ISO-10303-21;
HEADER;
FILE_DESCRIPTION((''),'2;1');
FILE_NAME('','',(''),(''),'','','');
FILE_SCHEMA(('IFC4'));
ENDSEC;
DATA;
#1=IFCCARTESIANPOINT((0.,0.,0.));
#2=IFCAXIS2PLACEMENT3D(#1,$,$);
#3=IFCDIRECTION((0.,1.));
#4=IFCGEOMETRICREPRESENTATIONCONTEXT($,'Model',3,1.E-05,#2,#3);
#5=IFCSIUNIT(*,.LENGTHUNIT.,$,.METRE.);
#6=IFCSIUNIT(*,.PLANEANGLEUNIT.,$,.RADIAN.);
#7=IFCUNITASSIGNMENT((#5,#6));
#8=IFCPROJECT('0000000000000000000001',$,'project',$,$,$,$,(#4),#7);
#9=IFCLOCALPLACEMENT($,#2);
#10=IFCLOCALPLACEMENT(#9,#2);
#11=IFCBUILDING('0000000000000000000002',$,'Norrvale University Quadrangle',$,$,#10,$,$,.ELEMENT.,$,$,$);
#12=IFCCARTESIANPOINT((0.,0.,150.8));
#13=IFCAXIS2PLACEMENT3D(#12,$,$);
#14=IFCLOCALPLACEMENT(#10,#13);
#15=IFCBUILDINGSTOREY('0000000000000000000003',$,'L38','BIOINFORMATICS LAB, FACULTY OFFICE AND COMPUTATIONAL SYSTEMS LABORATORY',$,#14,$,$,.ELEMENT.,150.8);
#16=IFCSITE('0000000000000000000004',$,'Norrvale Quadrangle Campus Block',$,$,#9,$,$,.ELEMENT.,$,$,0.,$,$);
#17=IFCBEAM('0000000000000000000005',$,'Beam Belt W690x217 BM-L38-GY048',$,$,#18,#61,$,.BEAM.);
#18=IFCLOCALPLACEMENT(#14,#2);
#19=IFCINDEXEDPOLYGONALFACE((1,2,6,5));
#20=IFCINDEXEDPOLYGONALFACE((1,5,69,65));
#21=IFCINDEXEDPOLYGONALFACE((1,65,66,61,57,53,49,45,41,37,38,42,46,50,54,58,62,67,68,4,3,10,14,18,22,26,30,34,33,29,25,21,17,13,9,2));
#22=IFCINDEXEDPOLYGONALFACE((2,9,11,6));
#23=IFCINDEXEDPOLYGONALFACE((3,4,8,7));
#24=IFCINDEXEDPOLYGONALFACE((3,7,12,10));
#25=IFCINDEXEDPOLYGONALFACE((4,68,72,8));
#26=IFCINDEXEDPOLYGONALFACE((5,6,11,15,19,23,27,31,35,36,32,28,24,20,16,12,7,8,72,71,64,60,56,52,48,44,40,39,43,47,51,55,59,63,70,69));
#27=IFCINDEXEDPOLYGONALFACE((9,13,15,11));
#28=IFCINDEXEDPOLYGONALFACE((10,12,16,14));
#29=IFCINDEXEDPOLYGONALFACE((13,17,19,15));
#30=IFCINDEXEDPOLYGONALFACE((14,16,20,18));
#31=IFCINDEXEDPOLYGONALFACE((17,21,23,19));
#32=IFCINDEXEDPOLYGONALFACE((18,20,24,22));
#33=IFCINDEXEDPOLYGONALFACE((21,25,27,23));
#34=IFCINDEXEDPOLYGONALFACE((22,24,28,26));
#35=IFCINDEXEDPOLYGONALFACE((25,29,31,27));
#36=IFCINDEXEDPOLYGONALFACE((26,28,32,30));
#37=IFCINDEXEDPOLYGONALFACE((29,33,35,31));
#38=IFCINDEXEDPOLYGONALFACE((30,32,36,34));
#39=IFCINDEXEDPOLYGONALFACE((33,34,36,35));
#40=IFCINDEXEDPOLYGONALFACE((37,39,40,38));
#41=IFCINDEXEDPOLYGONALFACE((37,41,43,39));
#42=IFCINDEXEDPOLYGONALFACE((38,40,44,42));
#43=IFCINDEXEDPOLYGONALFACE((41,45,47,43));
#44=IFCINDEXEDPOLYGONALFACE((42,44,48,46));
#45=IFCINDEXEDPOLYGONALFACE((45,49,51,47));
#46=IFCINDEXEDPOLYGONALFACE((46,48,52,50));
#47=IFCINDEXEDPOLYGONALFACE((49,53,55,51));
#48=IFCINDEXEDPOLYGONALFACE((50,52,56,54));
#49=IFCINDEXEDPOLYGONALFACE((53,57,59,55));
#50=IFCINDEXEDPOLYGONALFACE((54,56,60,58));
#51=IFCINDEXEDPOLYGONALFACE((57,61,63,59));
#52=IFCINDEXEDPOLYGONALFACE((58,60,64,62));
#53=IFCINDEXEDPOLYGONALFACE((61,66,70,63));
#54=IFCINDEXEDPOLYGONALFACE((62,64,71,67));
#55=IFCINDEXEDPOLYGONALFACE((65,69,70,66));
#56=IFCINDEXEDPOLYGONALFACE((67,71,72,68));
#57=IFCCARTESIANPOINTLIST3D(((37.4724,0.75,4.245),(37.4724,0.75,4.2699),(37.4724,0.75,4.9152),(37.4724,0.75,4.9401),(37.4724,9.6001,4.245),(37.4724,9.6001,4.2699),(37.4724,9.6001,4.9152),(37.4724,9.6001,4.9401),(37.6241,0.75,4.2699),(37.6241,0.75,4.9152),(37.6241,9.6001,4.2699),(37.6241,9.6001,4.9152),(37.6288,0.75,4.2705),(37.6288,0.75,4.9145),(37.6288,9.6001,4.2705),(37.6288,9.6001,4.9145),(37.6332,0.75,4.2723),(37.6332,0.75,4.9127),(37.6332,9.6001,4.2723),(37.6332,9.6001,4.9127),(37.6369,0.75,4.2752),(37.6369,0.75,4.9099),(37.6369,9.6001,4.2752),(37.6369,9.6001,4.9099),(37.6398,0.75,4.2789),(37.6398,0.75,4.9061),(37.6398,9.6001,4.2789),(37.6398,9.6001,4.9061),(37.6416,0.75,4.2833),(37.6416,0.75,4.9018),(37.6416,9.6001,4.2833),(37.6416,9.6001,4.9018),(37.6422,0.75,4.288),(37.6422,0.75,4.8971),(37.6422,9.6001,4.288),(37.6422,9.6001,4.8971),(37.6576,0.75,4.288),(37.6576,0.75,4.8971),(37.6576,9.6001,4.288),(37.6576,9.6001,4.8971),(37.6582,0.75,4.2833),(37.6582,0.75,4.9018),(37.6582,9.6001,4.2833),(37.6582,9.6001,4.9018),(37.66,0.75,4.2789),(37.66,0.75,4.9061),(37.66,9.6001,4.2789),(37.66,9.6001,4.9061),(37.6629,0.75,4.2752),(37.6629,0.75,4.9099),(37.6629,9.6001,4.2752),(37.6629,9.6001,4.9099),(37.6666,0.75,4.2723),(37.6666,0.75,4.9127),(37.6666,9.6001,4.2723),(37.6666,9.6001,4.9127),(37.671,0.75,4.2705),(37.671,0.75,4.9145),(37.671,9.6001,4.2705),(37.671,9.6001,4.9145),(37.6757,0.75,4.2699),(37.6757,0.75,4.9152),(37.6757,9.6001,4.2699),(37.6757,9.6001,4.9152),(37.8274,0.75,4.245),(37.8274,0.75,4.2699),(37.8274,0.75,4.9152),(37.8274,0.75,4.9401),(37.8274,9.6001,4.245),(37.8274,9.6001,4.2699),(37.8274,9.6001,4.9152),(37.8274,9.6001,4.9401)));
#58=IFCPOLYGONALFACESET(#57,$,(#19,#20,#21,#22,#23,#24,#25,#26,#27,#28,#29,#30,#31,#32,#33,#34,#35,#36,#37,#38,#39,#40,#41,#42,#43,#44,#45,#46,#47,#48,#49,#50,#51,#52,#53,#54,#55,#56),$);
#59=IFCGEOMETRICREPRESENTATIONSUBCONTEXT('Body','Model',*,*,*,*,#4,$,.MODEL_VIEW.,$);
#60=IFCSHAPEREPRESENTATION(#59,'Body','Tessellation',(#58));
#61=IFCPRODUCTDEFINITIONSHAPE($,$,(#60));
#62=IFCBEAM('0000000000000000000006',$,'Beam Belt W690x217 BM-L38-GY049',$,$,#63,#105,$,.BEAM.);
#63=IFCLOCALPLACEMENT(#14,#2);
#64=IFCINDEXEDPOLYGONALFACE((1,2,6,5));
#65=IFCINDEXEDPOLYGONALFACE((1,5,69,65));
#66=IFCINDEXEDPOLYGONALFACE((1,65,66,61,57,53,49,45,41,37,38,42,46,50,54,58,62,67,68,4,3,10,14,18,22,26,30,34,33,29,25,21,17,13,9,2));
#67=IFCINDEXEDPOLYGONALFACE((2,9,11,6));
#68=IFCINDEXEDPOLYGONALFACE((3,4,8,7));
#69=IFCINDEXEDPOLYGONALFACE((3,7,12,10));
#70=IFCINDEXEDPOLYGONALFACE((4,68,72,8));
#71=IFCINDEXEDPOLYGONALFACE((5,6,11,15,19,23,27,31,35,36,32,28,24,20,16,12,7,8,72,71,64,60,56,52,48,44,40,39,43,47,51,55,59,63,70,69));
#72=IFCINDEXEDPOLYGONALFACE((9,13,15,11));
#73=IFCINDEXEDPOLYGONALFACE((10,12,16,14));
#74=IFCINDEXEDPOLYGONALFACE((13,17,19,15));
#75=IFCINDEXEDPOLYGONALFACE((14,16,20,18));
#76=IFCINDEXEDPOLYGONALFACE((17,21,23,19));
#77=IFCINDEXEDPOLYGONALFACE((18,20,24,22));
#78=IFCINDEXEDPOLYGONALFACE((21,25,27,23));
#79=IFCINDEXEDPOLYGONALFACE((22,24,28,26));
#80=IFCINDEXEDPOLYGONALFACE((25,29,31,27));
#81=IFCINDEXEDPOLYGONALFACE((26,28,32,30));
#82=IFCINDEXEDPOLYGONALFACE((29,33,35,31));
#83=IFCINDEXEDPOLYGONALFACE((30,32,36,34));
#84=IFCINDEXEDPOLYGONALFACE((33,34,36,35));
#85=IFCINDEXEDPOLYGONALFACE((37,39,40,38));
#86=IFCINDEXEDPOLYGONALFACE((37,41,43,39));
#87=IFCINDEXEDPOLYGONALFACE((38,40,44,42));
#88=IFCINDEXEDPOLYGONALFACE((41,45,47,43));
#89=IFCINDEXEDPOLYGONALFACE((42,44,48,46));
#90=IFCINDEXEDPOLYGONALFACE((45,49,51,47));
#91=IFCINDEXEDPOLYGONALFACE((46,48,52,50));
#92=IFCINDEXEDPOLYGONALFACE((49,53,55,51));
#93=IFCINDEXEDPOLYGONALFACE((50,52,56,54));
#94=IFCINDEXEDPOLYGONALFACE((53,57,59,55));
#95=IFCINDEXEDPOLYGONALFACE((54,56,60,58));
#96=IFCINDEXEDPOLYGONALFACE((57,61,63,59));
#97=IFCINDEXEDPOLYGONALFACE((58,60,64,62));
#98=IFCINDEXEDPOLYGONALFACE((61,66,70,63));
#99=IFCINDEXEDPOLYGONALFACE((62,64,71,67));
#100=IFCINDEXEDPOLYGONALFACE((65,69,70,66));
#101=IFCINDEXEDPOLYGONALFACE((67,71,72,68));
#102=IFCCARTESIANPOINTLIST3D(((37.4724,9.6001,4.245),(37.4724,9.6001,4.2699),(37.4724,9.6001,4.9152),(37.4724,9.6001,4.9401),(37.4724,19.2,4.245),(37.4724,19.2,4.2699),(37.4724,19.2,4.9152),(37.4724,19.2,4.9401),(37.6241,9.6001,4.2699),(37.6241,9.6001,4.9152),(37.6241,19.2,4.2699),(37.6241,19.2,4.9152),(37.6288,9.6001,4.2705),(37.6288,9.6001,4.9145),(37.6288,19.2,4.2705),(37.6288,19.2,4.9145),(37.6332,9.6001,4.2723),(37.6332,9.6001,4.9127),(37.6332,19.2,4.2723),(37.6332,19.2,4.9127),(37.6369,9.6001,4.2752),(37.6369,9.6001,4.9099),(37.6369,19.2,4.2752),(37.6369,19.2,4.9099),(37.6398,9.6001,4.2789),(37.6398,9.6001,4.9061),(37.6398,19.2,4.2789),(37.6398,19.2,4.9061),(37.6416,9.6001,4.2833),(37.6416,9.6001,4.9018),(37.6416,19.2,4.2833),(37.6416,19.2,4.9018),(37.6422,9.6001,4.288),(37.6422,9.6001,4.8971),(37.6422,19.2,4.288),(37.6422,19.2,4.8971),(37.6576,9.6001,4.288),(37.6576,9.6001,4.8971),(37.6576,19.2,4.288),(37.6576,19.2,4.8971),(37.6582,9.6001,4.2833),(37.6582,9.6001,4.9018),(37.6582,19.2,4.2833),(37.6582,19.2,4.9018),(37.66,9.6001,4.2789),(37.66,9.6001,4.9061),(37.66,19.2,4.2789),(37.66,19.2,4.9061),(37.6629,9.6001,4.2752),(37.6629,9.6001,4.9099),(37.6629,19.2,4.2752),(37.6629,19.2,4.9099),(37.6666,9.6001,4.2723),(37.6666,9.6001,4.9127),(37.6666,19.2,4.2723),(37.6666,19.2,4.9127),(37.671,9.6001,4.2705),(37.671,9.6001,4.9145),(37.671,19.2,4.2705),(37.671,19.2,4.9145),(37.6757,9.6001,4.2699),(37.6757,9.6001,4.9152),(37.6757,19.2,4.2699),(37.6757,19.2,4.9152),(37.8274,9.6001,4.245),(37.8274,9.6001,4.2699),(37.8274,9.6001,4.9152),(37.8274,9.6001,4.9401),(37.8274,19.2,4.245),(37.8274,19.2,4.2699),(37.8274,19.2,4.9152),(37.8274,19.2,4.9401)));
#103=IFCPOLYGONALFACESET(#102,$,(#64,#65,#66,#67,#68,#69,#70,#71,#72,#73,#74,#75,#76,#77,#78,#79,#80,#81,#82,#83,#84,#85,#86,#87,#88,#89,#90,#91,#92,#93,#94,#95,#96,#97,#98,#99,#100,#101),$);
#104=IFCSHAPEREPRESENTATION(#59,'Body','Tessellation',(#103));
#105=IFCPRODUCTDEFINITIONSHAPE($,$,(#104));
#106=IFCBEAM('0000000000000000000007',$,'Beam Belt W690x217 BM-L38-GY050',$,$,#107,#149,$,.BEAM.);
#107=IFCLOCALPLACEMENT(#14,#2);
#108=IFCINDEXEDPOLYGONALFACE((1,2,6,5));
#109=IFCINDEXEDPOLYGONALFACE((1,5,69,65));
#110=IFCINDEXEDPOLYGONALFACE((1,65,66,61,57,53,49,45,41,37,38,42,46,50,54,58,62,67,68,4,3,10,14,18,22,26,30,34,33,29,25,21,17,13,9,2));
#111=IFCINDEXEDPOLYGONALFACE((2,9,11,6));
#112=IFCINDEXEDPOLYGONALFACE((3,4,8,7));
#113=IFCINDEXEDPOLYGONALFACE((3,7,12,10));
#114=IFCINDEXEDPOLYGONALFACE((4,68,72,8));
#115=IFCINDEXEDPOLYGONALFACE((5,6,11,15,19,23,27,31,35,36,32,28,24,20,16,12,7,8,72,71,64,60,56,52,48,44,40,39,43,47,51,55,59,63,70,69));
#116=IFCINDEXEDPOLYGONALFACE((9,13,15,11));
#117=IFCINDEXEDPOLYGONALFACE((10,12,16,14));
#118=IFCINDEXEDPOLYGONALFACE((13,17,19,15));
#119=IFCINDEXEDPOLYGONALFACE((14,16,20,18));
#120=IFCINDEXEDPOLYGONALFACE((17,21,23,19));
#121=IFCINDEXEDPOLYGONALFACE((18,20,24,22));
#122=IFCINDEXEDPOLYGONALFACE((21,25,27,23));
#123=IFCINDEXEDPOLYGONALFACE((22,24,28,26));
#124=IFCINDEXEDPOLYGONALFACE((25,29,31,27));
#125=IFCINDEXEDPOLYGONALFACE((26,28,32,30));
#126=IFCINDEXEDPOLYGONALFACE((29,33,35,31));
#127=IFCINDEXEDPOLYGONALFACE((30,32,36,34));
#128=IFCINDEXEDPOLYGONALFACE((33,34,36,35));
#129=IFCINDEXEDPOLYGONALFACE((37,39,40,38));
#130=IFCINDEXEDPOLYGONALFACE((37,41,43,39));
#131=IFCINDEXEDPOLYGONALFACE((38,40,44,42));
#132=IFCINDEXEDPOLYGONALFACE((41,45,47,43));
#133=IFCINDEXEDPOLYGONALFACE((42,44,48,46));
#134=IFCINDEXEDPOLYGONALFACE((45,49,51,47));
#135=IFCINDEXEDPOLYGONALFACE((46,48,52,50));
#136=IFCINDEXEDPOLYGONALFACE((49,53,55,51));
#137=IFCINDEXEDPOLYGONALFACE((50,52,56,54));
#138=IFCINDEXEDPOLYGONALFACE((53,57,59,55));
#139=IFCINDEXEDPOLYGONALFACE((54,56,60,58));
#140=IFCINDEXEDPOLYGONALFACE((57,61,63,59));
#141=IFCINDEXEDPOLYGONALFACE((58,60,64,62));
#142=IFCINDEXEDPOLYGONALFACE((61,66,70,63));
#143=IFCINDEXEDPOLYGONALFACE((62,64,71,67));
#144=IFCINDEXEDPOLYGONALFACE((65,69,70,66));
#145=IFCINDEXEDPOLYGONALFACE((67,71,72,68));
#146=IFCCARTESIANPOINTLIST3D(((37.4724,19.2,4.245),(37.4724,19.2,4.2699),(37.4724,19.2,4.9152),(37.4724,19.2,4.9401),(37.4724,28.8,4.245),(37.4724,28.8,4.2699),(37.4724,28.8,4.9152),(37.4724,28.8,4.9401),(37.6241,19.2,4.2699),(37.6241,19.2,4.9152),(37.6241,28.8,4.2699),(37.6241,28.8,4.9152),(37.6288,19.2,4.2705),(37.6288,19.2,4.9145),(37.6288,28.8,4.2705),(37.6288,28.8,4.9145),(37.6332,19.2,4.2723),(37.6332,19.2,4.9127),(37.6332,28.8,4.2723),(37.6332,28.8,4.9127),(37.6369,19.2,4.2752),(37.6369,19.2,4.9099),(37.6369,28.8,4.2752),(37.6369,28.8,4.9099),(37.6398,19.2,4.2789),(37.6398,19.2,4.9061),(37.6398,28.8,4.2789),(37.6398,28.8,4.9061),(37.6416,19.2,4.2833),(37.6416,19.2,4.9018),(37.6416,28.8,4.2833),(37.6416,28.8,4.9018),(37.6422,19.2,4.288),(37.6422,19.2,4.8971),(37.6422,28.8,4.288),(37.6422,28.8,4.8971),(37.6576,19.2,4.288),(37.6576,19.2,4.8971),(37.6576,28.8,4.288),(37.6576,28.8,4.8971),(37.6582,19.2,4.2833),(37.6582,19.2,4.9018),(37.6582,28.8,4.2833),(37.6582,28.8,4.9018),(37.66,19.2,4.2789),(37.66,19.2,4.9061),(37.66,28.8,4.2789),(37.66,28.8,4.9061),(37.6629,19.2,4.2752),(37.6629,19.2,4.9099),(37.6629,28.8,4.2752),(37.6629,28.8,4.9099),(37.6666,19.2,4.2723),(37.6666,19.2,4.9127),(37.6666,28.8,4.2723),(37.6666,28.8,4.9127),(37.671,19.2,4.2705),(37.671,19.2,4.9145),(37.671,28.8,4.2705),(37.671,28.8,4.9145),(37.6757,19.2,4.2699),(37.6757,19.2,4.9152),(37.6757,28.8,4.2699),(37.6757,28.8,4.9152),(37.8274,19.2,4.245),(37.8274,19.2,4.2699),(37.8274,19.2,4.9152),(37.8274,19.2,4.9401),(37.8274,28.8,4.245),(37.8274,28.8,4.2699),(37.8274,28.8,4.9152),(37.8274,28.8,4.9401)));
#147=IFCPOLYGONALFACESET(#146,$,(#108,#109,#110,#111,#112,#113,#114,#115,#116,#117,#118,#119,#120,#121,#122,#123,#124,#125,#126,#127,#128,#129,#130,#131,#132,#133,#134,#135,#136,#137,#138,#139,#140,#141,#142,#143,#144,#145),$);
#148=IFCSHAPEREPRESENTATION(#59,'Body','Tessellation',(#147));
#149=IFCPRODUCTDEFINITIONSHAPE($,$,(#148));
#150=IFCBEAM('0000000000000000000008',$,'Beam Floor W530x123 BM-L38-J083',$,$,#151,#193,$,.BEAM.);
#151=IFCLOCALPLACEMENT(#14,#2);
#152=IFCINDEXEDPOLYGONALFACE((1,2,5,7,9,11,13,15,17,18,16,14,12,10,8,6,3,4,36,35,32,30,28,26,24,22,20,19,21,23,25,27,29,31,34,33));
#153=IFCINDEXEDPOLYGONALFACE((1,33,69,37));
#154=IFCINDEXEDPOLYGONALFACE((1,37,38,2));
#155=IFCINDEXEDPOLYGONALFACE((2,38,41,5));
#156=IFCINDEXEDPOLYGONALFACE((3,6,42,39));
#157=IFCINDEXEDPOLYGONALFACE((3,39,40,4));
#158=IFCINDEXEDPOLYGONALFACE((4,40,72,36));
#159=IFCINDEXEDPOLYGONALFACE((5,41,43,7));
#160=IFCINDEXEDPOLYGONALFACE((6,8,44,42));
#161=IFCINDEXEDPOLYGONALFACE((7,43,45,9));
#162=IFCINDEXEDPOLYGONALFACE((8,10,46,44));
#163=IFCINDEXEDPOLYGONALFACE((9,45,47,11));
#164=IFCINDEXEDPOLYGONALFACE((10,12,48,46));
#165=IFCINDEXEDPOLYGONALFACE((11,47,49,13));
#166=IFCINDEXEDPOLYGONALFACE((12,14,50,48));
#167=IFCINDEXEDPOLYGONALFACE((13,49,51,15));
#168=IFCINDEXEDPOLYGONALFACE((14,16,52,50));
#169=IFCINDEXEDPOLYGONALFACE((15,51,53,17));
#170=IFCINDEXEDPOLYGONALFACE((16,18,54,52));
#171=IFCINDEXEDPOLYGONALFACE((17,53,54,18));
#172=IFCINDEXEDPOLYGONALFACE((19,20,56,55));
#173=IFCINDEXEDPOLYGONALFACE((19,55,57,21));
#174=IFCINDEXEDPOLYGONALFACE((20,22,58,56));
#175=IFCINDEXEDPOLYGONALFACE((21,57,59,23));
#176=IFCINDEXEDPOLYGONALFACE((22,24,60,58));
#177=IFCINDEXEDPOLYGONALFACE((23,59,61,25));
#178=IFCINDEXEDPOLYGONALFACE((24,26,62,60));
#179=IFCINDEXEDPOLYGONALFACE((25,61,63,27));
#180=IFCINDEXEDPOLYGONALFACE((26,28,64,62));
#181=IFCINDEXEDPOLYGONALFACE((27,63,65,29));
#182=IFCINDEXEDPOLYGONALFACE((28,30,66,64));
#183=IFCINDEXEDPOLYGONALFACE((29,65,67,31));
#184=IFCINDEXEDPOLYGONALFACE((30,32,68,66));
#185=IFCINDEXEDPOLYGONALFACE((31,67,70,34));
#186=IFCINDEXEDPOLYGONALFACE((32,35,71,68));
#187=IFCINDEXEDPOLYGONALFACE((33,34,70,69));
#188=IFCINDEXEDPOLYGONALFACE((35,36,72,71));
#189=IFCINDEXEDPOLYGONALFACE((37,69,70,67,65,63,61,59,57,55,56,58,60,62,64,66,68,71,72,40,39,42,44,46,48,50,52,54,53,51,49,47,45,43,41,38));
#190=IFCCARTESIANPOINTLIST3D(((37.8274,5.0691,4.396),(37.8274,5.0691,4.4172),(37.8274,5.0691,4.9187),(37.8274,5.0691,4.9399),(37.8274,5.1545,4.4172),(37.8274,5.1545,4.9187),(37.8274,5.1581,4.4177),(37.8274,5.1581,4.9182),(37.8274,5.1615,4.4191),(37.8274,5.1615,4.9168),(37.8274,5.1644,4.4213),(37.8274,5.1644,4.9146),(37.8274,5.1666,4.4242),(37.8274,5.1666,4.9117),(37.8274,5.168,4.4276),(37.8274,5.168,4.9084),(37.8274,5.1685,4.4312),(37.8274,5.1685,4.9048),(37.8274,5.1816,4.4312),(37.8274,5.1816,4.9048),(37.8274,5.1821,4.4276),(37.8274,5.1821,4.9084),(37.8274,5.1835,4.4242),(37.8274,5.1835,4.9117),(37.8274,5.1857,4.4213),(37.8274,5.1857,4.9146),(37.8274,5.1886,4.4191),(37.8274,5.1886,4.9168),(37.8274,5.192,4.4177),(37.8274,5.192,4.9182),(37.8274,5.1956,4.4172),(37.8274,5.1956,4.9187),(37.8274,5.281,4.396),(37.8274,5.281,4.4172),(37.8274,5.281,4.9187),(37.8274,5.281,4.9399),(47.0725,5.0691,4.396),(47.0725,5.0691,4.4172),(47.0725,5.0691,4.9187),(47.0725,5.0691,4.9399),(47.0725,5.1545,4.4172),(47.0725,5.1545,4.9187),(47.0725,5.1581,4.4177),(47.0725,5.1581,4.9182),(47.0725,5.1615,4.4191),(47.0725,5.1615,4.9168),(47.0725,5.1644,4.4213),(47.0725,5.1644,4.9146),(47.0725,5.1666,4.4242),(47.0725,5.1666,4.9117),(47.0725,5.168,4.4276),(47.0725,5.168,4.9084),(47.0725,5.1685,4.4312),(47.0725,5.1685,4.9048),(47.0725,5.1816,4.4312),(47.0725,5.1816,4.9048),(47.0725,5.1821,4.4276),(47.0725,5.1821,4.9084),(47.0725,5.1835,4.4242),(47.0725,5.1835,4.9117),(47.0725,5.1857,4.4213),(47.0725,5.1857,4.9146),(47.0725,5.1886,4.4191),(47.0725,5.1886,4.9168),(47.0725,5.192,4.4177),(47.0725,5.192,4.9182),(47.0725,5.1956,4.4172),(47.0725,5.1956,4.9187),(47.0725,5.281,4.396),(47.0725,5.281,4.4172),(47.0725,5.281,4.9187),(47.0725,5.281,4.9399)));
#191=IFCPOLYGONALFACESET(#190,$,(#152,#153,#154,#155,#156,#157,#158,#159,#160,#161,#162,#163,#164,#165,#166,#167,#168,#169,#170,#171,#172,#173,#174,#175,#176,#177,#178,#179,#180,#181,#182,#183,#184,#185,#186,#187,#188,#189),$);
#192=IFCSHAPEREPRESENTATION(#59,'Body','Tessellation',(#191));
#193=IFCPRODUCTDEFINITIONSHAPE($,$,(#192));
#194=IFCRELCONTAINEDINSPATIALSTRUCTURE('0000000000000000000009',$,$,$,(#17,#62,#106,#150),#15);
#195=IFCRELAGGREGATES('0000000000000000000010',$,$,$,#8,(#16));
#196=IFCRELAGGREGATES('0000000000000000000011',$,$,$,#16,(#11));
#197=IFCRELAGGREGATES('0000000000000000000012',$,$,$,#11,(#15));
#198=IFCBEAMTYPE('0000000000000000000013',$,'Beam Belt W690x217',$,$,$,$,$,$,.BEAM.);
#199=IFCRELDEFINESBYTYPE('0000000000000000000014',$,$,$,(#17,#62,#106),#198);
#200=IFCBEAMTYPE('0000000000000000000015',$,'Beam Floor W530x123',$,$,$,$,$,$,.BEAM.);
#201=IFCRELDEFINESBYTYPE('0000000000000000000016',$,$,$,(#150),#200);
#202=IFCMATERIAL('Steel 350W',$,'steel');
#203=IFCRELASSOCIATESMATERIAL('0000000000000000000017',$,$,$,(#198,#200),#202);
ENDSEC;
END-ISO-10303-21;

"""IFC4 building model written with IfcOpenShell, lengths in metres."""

from ifc_helpers import new_model, si_unit, direction, frame, origin, origin_2d, place, context, subcontext, project, spatial, i_section, extrude, material, material_profile, profile_set, type_object, element, save


model = new_model("IFC4")

# Units and contexts
model_context = context("Model", 3, precision=1e-05, world=origin(), true_north=direction((0.0, 1.0)))
body_context = subcontext(model_context, "Body", "Model", "MODEL_VIEW")
ifc_project = project(units=[si_unit("LENGTHUNIT", "METRE"), si_unit("PLANEANGLEUNIT", "RADIAN")], contexts=[model_context])

# Site, building, storey
site_placement = place(None, origin())
site = spatial("IfcSite", under=ifc_project, at=site_placement, Name="Norrvale Quadrangle Campus Block", CompositionType="ELEMENT", RefElevation=0.0)
building_placement = place(site_placement, origin())
building = spatial("IfcBuilding", under=site, at=building_placement, Name="Norrvale University Quadrangle", CompositionType="ELEMENT")
storey_placement = place(building_placement, frame((0.0, 0.0, 150.8)))
storey = spatial("IfcBuildingStorey", under=building, at=storey_placement, Name="L38", Description="BIOINFORMATICS LAB, FACULTY OFFICE AND COMPUTATIONAL SYSTEMS LABORATORY", CompositionType="ELEMENT", Elevation=150.8)

# Beams
ifc_material_1 = material(Name="Steel 350W", Category="steel")
ifc_material_profile_1 = material_profile(ifc_material_1, i_section(OverallWidth=0.355, OverallDepth=0.6951, WebThickness=0.0154, FlangeThickness=0.0249, FilletRadius=0.0181, at=origin_2d()), Name="Steel 350W")
ifc_profile_set_1 = profile_set([ifc_material_profile_1], Name="Steel 350W")
beam_type_1 = type_object("IfcBeamType", Name="Beam Belt W690x217", PredefinedType="BEAM", material=ifc_profile_set_1)
beam_1_placement = place(storey_placement, frame((37.6499, 0.75, 4.5925), z_axis=(0.0, 1.0, 0.0), x_axis=(-1.0, 0.0, 0.0)))
element("IfcBeam", 1, at=beam_1_placement, inside=storey, type_object=beam_type_1, Name="Beam Belt W690x217 BM-L38-GY048", PredefinedType="BEAM", context=body_context, shape_type="SweptSolid", body=[
    extrude(i_section(OverallWidth=0.355, OverallDepth=0.6951, WebThickness=0.0154, FlangeThickness=0.0249, FilletRadius=0.0181, at=origin_2d()), origin(), (0.0, 0.0, 1.0), 8.8501),
])
beam_2_placement = place(storey_placement, frame((37.6499, 9.6001, 4.5925), z_axis=(0.0, 1.0, 0.0), x_axis=(-1.0, 0.0, 0.0)))
element("IfcBeam", 2, at=beam_2_placement, inside=storey, type_object=beam_type_1, Name="Beam Belt W690x217 BM-L38-GY049", PredefinedType="BEAM", context=body_context, shape_type="SweptSolid", body=[
    extrude(i_section(OverallWidth=0.355, OverallDepth=0.6951, WebThickness=0.0154, FlangeThickness=0.0249, FilletRadius=0.0181, at=origin_2d()), origin(), (0.0, 0.0, 1.0), 9.5999),
])
beam_3_placement = place(storey_placement, frame((37.6499, 19.2, 4.5925), z_axis=(0.0, 1.0, 0.0), x_axis=(-1.0, 0.0, 0.0)))
element("IfcBeam", 3, at=beam_3_placement, inside=storey, type_object=beam_type_1, Name="Beam Belt W690x217 BM-L38-GY050", PredefinedType="BEAM", context=body_context, shape_type="SweptSolid", body=[
    extrude(i_section(OverallWidth=0.355, OverallDepth=0.6951, WebThickness=0.0154, FlangeThickness=0.0249, FilletRadius=0.0181, at=origin_2d()), origin(), (0.0, 0.0, 1.0), 9.6001),
])
ifc_material_profile_2 = material_profile(ifc_material_1, i_section(OverallWidth=0.2119, OverallDepth=0.5439, WebThickness=0.0132, FlangeThickness=0.0212, FilletRadius=0.0139, at=origin_2d()), Name="Steel 350W")
ifc_profile_set_2 = profile_set([ifc_material_profile_2], Name="Steel 350W")
beam_type_2 = type_object("IfcBeamType", Name="Beam Floor W530x123", PredefinedType="BEAM", material=ifc_profile_set_2)
for number, where, z_axis, x_axis, name in (
    (4, (37.8274, 5.175, 4.668), (1.0, 0.0, 0.0), (0.0, 1.0, 0.0), "Beam Floor W530x123 BM-L38-J083"),
):
    element("IfcBeam", number, at=place(storey_placement, frame(where, z_axis=z_axis, x_axis=x_axis)), inside=storey, type_object=beam_type_2, Name=name, PredefinedType="BEAM", context=body_context, shape_type="SweptSolid", body=[
        extrude(i_section(OverallWidth=0.2119, OverallDepth=0.5439, WebThickness=0.0132, FlangeThickness=0.0212, FilletRadius=0.0139, at=origin_2d()), origin(), (0.0, 0.0, 1.0), 9.2451),
    ])

save(model, "model.ifc")
